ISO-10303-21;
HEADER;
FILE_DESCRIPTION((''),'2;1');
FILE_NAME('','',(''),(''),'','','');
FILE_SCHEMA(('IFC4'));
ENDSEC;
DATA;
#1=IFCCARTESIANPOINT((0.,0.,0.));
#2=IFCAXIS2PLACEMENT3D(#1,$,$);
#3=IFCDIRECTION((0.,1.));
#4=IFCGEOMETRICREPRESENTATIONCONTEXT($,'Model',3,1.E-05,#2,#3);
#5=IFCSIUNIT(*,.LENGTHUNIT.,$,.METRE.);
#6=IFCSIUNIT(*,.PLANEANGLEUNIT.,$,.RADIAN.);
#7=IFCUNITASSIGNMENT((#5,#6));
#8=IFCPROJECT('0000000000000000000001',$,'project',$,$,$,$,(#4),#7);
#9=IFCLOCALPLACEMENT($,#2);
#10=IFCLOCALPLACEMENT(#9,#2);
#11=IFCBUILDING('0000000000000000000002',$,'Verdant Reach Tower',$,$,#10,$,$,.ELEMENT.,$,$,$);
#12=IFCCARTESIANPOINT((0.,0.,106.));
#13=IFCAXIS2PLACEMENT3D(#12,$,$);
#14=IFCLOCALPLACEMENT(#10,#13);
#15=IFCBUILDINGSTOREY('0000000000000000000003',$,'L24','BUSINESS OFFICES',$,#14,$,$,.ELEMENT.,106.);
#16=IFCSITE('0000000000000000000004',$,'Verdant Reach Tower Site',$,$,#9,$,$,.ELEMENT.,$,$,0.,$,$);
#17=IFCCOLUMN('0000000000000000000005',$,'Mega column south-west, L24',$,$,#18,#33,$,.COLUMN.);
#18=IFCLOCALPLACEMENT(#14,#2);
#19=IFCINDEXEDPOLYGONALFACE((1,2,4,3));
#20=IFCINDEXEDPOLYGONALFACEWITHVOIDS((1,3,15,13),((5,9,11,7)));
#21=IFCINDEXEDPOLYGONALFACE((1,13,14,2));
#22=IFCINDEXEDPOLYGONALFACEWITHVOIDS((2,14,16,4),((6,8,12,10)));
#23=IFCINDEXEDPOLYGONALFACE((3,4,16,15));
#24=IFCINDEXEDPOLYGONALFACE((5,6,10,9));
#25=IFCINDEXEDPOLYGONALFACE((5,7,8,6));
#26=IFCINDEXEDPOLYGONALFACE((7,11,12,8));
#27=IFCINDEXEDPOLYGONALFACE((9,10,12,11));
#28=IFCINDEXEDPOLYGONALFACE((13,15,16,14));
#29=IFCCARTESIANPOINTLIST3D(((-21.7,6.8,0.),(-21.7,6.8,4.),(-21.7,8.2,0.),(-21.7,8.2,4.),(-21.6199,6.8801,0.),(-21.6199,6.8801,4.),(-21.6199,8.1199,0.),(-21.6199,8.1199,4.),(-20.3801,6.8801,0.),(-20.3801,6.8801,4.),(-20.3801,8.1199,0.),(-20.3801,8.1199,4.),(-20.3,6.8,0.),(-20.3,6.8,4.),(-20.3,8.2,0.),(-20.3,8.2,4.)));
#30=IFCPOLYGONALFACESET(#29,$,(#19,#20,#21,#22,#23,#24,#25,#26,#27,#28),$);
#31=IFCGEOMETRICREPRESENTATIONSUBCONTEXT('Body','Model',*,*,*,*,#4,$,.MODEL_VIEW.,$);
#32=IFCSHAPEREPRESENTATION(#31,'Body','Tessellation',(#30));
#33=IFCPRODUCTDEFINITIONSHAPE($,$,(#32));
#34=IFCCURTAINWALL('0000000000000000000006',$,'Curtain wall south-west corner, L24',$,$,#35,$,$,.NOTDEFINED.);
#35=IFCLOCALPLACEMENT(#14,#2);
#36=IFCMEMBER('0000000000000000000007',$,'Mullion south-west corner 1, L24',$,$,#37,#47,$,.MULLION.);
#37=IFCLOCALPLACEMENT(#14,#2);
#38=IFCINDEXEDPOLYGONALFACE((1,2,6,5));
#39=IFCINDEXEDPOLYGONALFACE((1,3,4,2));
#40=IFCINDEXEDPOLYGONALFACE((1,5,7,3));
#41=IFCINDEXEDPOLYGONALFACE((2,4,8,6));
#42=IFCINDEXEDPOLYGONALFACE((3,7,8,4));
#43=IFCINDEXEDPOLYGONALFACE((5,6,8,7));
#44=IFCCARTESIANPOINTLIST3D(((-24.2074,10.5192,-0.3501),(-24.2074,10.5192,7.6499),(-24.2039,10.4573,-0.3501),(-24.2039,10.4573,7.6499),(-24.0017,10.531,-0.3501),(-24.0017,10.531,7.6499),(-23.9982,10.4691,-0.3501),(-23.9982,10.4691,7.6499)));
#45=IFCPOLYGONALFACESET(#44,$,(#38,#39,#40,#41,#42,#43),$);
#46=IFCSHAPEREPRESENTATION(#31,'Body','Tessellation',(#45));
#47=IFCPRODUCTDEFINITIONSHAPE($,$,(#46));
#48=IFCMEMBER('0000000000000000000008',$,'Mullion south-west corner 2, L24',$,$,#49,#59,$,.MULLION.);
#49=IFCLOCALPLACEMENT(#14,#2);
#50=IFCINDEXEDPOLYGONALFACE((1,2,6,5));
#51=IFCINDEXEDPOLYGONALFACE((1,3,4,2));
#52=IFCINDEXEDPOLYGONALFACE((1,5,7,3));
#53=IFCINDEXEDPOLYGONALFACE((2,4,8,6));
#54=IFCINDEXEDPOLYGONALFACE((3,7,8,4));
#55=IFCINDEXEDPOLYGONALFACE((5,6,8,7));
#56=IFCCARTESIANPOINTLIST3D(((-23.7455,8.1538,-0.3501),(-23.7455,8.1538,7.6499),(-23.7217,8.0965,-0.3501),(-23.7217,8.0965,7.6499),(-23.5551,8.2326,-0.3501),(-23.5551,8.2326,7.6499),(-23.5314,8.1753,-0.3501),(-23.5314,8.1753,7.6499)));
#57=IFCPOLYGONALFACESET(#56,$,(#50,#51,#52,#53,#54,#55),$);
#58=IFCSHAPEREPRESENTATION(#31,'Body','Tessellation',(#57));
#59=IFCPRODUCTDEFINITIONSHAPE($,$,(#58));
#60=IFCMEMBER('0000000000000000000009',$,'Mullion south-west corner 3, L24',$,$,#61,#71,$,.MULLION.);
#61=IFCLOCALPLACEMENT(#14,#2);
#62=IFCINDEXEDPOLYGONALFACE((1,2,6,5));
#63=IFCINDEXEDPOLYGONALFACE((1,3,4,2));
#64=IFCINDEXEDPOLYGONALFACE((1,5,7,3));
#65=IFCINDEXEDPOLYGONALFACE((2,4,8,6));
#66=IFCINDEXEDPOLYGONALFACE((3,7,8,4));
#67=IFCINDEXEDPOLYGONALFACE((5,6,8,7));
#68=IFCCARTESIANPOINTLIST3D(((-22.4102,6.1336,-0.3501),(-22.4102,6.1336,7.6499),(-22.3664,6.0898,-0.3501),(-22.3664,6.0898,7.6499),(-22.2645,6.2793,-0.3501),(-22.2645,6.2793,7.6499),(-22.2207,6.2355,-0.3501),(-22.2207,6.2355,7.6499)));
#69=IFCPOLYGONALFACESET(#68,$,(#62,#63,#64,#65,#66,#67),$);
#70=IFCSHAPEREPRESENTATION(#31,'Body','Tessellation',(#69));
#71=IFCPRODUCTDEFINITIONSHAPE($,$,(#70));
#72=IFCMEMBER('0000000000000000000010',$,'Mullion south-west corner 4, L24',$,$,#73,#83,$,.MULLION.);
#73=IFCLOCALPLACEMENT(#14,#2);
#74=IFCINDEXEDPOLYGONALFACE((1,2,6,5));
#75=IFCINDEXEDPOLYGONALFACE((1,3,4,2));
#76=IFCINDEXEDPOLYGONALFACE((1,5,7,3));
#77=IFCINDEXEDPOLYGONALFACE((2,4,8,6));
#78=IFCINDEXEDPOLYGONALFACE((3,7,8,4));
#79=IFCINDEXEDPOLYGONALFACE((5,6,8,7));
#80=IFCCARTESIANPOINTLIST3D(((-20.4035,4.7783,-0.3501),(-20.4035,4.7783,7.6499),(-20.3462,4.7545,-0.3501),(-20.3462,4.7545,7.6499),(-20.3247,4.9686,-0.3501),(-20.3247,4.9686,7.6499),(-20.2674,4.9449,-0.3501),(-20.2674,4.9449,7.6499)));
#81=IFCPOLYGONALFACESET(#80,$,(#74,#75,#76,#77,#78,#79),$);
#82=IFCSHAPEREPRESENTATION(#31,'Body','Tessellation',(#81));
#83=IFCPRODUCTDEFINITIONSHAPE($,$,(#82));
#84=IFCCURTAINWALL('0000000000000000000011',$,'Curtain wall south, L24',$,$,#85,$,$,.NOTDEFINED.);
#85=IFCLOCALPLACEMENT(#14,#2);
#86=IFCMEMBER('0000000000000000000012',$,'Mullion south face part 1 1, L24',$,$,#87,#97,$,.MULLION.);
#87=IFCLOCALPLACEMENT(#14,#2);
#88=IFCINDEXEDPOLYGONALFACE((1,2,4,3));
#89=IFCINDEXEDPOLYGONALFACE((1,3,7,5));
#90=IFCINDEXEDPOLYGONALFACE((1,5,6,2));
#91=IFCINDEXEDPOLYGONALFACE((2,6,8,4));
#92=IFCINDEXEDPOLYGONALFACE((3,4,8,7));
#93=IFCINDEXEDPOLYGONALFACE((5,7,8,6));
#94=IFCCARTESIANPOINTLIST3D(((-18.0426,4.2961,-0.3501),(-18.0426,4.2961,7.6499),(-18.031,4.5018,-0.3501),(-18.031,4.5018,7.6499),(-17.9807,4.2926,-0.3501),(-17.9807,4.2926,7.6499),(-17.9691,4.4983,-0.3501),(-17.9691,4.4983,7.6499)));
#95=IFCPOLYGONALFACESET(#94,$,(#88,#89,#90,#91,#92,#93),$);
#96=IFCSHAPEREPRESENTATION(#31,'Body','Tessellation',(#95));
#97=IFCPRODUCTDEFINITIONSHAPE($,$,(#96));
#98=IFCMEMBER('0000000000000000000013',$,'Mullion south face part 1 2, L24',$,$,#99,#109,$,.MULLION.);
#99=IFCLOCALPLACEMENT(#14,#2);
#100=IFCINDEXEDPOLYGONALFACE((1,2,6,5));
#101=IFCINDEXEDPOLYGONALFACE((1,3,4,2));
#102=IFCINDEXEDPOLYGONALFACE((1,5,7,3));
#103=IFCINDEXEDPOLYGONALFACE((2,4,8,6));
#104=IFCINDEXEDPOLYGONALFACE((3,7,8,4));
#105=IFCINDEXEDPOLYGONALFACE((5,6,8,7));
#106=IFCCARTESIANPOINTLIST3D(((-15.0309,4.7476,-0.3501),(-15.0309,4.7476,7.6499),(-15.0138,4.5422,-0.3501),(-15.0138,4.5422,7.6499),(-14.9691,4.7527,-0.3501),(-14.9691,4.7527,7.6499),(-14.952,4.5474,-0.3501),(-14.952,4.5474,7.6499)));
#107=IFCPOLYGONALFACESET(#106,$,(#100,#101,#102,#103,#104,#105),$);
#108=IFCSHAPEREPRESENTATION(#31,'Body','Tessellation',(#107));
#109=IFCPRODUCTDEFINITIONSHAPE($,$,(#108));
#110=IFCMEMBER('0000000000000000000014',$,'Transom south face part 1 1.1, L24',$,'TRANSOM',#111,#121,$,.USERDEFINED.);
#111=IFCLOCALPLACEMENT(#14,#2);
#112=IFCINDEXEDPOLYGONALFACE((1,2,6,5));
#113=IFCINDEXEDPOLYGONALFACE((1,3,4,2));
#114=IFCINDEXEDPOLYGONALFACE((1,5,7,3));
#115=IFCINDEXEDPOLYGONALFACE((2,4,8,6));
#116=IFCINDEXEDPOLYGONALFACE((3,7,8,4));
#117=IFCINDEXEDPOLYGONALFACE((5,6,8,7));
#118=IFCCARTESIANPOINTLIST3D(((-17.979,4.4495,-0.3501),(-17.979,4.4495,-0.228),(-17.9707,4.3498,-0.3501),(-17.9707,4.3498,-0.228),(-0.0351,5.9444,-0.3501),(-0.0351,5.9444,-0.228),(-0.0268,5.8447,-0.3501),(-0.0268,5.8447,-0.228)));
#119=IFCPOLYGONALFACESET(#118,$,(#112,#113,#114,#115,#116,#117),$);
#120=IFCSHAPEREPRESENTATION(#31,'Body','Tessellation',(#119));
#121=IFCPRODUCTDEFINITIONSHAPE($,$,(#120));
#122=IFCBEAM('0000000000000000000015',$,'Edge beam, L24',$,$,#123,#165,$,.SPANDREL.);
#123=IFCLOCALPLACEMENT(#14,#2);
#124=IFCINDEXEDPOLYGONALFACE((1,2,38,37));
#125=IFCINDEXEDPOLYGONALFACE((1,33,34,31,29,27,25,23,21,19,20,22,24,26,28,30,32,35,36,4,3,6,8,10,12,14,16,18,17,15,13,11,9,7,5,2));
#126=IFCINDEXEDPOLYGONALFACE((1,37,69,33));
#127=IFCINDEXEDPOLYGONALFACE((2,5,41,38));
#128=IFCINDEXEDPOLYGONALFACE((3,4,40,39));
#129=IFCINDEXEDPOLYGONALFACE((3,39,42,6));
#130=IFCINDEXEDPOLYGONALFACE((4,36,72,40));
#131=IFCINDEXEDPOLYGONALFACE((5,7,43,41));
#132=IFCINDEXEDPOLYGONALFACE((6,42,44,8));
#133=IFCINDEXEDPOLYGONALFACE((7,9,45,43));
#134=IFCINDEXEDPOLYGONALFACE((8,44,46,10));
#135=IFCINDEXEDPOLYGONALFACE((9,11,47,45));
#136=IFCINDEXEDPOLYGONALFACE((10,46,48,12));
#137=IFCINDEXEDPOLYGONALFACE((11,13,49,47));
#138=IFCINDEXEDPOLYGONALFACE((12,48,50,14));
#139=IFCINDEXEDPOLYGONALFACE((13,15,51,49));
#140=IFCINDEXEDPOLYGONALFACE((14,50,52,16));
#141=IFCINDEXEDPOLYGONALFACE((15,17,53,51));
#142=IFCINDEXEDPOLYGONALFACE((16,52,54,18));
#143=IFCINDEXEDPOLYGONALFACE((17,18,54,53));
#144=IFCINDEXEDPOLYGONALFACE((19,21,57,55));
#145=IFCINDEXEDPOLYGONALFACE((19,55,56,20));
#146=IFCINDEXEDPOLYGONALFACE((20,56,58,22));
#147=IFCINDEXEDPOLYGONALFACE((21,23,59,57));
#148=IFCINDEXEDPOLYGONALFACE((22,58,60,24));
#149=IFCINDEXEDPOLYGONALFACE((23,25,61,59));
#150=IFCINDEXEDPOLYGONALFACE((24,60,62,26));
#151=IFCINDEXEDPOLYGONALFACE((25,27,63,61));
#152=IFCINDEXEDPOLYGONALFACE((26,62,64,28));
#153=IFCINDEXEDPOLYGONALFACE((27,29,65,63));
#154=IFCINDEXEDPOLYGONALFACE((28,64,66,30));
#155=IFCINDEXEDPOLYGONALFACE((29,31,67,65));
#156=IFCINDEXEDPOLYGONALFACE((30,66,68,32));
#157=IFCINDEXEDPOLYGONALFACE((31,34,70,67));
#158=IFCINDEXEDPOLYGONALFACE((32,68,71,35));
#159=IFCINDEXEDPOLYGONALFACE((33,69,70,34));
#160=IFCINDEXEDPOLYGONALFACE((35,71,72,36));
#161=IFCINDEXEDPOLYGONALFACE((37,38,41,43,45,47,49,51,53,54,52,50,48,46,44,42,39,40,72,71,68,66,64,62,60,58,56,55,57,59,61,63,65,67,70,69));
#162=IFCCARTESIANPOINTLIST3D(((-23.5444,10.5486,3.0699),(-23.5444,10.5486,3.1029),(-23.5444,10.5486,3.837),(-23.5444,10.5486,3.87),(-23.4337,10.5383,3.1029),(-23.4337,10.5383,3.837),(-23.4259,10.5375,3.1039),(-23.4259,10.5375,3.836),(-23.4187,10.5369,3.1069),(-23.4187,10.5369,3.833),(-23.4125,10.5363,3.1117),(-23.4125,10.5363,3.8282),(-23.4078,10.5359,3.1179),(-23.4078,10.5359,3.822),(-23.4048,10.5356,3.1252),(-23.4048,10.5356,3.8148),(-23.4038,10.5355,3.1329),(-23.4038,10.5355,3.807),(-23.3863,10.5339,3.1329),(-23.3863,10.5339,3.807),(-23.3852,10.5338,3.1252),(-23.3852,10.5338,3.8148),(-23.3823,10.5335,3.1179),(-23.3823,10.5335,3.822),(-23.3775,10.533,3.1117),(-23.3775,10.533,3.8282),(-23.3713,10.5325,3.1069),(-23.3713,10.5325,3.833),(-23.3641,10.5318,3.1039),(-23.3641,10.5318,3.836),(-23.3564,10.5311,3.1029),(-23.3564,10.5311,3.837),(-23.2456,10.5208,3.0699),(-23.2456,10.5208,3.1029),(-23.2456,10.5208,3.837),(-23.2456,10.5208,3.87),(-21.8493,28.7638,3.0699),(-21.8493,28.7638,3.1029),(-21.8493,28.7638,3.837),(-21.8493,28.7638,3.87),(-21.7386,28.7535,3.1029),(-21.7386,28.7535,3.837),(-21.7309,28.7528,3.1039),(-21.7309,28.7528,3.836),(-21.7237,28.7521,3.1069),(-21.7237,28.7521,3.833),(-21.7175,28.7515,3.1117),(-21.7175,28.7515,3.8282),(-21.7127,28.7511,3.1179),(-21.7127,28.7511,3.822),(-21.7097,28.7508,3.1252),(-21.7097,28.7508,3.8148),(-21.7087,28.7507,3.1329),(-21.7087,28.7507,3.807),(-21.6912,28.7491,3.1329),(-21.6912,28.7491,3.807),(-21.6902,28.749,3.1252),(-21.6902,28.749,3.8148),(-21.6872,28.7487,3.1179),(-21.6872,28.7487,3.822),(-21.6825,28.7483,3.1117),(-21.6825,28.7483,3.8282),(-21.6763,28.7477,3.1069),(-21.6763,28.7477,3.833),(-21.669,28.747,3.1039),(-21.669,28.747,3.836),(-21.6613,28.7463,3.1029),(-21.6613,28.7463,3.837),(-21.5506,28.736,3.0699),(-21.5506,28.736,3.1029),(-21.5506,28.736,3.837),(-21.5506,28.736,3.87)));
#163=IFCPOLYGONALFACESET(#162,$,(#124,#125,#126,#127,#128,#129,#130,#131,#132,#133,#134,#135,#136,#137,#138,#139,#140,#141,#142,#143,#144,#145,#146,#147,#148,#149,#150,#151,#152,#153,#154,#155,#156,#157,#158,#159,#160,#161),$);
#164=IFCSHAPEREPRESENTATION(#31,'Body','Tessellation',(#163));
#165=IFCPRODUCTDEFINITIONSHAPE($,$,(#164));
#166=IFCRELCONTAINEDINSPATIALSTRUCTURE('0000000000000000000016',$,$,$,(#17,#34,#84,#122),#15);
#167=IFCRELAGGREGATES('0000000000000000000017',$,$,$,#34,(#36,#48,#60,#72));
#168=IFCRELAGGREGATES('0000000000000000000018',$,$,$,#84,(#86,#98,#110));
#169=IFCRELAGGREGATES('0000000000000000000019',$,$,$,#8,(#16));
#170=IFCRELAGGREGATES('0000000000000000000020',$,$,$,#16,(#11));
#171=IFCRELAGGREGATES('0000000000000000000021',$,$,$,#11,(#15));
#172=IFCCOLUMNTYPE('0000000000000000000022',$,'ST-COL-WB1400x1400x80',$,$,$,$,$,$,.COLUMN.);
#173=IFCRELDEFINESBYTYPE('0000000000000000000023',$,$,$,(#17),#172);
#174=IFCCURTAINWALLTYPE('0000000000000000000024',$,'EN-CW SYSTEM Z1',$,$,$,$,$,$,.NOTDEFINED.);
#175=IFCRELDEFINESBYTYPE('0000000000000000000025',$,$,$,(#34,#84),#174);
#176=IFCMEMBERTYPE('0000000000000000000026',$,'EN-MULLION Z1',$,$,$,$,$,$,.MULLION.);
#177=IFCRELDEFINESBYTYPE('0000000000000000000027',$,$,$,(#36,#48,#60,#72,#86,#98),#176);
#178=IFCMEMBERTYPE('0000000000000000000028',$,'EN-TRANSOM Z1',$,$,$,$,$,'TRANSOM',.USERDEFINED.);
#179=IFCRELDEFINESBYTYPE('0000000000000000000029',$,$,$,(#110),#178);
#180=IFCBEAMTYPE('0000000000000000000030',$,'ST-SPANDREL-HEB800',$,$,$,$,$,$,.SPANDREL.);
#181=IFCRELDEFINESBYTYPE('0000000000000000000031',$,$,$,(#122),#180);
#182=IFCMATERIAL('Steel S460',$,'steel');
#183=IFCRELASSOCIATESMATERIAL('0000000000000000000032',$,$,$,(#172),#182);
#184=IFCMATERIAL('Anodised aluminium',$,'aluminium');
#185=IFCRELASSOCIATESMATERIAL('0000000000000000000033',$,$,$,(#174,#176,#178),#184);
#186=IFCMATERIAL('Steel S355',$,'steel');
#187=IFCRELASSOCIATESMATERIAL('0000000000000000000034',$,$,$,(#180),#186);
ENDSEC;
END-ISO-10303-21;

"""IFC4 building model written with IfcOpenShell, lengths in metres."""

from ifc_helpers import new_model, si_unit, direction, frame, origin, origin_2d, place, context, subcontext, project, spatial, rectangle, hollow_rectangle, i_section, extrude, material, material_profile, profile_set, type_object, element, aggregate, save


model = new_model("IFC4")

# Units and contexts
model_context = context("Model", 3, precision=1e-05, world=origin(), true_north=direction((0.0, 1.0)))
body_context = subcontext(model_context, "Body", "Model", "MODEL_VIEW")
ifc_project = project(units=[si_unit("LENGTHUNIT", "METRE"), si_unit("PLANEANGLEUNIT", "RADIAN")], contexts=[model_context])

# Site, building, storey
site_placement = place(None, origin())
site = spatial("IfcSite", under=ifc_project, at=site_placement, Name="Verdant Reach Tower Site", CompositionType="ELEMENT", RefElevation=0.0)
building_placement = place(site_placement, origin())
building = spatial("IfcBuilding", under=site, at=building_placement, Name="Verdant Reach Tower", CompositionType="ELEMENT")
storey_placement = place(building_placement, frame((0.0, 0.0, 106.0)))
storey = spatial("IfcBuildingStorey", under=building, at=storey_placement, Name="L24", Description="BUSINESS OFFICES", CompositionType="ELEMENT", Elevation=106.0)

# Column
ifc_material_1 = material(Name="Steel S460", Category="steel")
ifc_material_profile_1 = material_profile(ifc_material_1, hollow_rectangle(XDim=1.3999, YDim=1.3999, WallThickness=0.0801, at=origin_2d()), Name="WB 1400x1400x80")
ifc_profile_set_1 = profile_set([ifc_material_profile_1], Name="Steel S460")
column_type = type_object("IfcColumnType", Name="ST-COL-WB1400x1400x80", PredefinedType="COLUMN", material=ifc_profile_set_1)
column_placement = place(storey_placement, frame((-21.0, 7.5, 0.0), z_axis=(0.0, 0.0, 1.0), x_axis=(1.0, 0.0, 0.0)))
element("IfcColumn", 1, at=column_placement, inside=storey, type_object=column_type, Name="Mega column south-west, L24", PredefinedType="COLUMN", context=body_context, shape_type="SweptSolid", body=[
    extrude(hollow_rectangle(XDim=1.3999, YDim=1.3999, WallThickness=0.0801, at=origin_2d()), origin(), (0.0, 0.0, 1.0), 4.0),
])

# Curtain walls, members
ifc_material_2 = material(Name="Anodised aluminium", Category="aluminium")
curtain_wall_type = type_object("IfcCurtainWallType", Name="EN-CW SYSTEM Z1", PredefinedType="NOTDEFINED", material=ifc_material_2)
curtain_wall_1_placement = place(storey_placement, origin())
curtain_wall_1 = element("IfcCurtainWall", 2, at=curtain_wall_1_placement, inside=storey, type_object=curtain_wall_type, Name="Curtain wall south-west corner, L24", PredefinedType="NOTDEFINED")
ifc_material_profile_2 = material_profile(ifc_material_2, rectangle(XDim=0.2061, YDim=0.062, at=origin_2d()), Name="Mullion 62x206")
ifc_profile_set_2 = profile_set([ifc_material_profile_2], Name="Anodised aluminium")
member_type_1 = type_object("IfcMemberType", Name="EN-MULLION Z1", PredefinedType="MULLION", material=ifc_profile_set_2)
member_1_placement = place(storey_placement, frame((-24.1028, 10.4941, -0.3501), z_axis=(0.0, 0.0, 1.0), x_axis=(-0.998366, -0.057135, 0.0)))
member_1 = element("IfcMember", 3, at=member_1_placement, type_object=member_type_1, Name="Mullion south-west corner 1, L24", PredefinedType="MULLION", context=body_context, shape_type="SweptSolid", body=[
    extrude(rectangle(XDim=0.2061, YDim=0.062, at=origin_2d()), origin(), (0.0, 0.0, 1.0), 8.0),
])
member_2_placement = place(storey_placement, frame((-23.6384, 8.1646, -0.3501), z_axis=(0.0, 0.0, 1.0), x_axis=(-0.923875, -0.382694, 0.0)))
member_2 = element("IfcMember", 4, at=member_2_placement, type_object=member_type_1, Name="Mullion south-west corner 2, L24", PredefinedType="MULLION", context=body_context, shape_type="SweptSolid", body=[
    extrude(rectangle(XDim=0.2061, YDim=0.062, at=origin_2d()), origin(), (0.0, 0.0, 1.0), 8.0),
])
member_3_placement = place(storey_placement, frame((-22.3154, 6.1846, -0.3501), z_axis=(0.0, 0.0, 1.0), x_axis=(-0.707107, -0.707107, 0.0)))
member_3 = element("IfcMember", 5, at=member_3_placement, type_object=member_type_1, Name="Mullion south-west corner 3, L24", PredefinedType="MULLION", context=body_context, shape_type="SweptSolid", body=[
    extrude(rectangle(XDim=0.2061, YDim=0.062, at=origin_2d()), origin(), (0.0, 0.0, 1.0), 8.0),
])
member_4_placement = place(storey_placement, frame((-20.3354, 4.8616, -0.3501), z_axis=(0.0, 0.0, 1.0), x_axis=(-0.382694, -0.923875, 0.0)))
member_4 = element("IfcMember", 6, at=member_4_placement, type_object=member_type_1, Name="Mullion south-west corner 4, L24", PredefinedType="MULLION", context=body_context, shape_type="SweptSolid", body=[
    extrude(rectangle(XDim=0.2061, YDim=0.062, at=origin_2d()), origin(), (0.0, 0.0, 1.0), 8.0),
])
curtain_wall_2_placement = place(storey_placement, origin())
curtain_wall_2 = element("IfcCurtainWall", 7, at=curtain_wall_2_placement, inside=storey, type_object=curtain_wall_type, Name="Curtain wall south, L24", PredefinedType="NOTDEFINED")
member_5_placement = place(storey_placement, frame((-18.0059, 4.3972, -0.3501), z_axis=(0.0, 0.0, 1.0), x_axis=(-0.056569, -0.998399, 0.0)))
member_5 = element("IfcMember", 8, at=member_5_placement, type_object=member_type_1, Name="Mullion south face part 1 1, L24", PredefinedType="MULLION", context=body_context, shape_type="SweptSolid", body=[
    extrude(rectangle(XDim=0.2061, YDim=0.062, at=origin_2d()), origin(), (0.0, 0.0, 1.0), 8.0),
])
member_6_placement = place(storey_placement, frame((-14.9915, 4.6475, -0.3501), z_axis=(0.0, 0.0, 1.0), x_axis=(0.083045, -0.996546, 0.0)))
member_6 = element("IfcMember", 9, at=member_6_placement, type_object=member_type_1, Name="Mullion south face part 1 2, L24", PredefinedType="MULLION", context=body_context, shape_type="SweptSolid", body=[
    extrude(rectangle(XDim=0.2061, YDim=0.062, at=origin_2d()), origin(), (0.0, 0.0, 1.0), 8.0),
])
ifc_material_profile_3 = material_profile(ifc_material_2, rectangle(XDim=0.1001, YDim=0.1221, at=origin_2d()), Name="Transom 122x100")
ifc_profile_set_3 = profile_set([ifc_material_profile_3], Name="Anodised aluminium")
member_type_2 = type_object("IfcMemberType", Name="EN-TRANSOM Z1", ElementType="TRANSOM", PredefinedType="USERDEFINED", material=ifc_profile_set_3)
member_7_placement = place(storey_placement, frame((-17.9749, 4.3997, -0.2891), z_axis=(0.996548, 0.083021, 0.0), x_axis=(-0.083021, 0.996548, 0.0)))
member_7 = element("IfcMember", 10, at=member_7_placement, type_object=member_type_2, Name="Transom south face part 1 1.1, L24", ObjectType="TRANSOM", PredefinedType="USERDEFINED", context=body_context, shape_type="SweptSolid", body=[
    extrude(rectangle(XDim=0.1001, YDim=0.1221, at=origin_2d()), origin(), (0.0, 0.0, 1.0), 18.0061),
])

# Beam
ifc_material_3 = material(Name="Steel S355", Category="steel")
ifc_material_profile_4 = material_profile(ifc_material_3, i_section(OverallWidth=0.3, OverallDepth=0.8, WebThickness=0.0176, FlangeThickness=0.033, FilletRadius=0.03, at=origin_2d()), Name="HEB 800")
ifc_profile_set_4 = profile_set([ifc_material_profile_4], Name="Steel S355")
beam_type_1 = type_object("IfcBeamType", Name="ST-SPANDREL-HEB800", PredefinedType="SPANDREL", material=ifc_profile_set_4)
beam_1_placement = place(storey_placement, frame((-23.395, 10.5347, 3.47), z_axis=(0.092657, 0.995698, 0.0), x_axis=(-0.995698, 0.092657, 0.0)))
element("IfcBeam", 11, at=beam_1_placement, inside=storey, type_object=beam_type_1, Name="Edge beam, L24", PredefinedType="SPANDREL", context=body_context, shape_type="SweptSolid", body=[
    extrude(i_section(OverallWidth=0.3, OverallDepth=0.8, WebThickness=0.0176, FlangeThickness=0.033, FilletRadius=0.03, at=origin_2d()), origin(), (0.0, 0.0, 1.0), 18.2939),
])

aggregate(curtain_wall_1, [member_1, member_2, member_3, member_4])
aggregate(curtain_wall_2, [member_5, member_6, member_7])

save(model, "model.ifc")
